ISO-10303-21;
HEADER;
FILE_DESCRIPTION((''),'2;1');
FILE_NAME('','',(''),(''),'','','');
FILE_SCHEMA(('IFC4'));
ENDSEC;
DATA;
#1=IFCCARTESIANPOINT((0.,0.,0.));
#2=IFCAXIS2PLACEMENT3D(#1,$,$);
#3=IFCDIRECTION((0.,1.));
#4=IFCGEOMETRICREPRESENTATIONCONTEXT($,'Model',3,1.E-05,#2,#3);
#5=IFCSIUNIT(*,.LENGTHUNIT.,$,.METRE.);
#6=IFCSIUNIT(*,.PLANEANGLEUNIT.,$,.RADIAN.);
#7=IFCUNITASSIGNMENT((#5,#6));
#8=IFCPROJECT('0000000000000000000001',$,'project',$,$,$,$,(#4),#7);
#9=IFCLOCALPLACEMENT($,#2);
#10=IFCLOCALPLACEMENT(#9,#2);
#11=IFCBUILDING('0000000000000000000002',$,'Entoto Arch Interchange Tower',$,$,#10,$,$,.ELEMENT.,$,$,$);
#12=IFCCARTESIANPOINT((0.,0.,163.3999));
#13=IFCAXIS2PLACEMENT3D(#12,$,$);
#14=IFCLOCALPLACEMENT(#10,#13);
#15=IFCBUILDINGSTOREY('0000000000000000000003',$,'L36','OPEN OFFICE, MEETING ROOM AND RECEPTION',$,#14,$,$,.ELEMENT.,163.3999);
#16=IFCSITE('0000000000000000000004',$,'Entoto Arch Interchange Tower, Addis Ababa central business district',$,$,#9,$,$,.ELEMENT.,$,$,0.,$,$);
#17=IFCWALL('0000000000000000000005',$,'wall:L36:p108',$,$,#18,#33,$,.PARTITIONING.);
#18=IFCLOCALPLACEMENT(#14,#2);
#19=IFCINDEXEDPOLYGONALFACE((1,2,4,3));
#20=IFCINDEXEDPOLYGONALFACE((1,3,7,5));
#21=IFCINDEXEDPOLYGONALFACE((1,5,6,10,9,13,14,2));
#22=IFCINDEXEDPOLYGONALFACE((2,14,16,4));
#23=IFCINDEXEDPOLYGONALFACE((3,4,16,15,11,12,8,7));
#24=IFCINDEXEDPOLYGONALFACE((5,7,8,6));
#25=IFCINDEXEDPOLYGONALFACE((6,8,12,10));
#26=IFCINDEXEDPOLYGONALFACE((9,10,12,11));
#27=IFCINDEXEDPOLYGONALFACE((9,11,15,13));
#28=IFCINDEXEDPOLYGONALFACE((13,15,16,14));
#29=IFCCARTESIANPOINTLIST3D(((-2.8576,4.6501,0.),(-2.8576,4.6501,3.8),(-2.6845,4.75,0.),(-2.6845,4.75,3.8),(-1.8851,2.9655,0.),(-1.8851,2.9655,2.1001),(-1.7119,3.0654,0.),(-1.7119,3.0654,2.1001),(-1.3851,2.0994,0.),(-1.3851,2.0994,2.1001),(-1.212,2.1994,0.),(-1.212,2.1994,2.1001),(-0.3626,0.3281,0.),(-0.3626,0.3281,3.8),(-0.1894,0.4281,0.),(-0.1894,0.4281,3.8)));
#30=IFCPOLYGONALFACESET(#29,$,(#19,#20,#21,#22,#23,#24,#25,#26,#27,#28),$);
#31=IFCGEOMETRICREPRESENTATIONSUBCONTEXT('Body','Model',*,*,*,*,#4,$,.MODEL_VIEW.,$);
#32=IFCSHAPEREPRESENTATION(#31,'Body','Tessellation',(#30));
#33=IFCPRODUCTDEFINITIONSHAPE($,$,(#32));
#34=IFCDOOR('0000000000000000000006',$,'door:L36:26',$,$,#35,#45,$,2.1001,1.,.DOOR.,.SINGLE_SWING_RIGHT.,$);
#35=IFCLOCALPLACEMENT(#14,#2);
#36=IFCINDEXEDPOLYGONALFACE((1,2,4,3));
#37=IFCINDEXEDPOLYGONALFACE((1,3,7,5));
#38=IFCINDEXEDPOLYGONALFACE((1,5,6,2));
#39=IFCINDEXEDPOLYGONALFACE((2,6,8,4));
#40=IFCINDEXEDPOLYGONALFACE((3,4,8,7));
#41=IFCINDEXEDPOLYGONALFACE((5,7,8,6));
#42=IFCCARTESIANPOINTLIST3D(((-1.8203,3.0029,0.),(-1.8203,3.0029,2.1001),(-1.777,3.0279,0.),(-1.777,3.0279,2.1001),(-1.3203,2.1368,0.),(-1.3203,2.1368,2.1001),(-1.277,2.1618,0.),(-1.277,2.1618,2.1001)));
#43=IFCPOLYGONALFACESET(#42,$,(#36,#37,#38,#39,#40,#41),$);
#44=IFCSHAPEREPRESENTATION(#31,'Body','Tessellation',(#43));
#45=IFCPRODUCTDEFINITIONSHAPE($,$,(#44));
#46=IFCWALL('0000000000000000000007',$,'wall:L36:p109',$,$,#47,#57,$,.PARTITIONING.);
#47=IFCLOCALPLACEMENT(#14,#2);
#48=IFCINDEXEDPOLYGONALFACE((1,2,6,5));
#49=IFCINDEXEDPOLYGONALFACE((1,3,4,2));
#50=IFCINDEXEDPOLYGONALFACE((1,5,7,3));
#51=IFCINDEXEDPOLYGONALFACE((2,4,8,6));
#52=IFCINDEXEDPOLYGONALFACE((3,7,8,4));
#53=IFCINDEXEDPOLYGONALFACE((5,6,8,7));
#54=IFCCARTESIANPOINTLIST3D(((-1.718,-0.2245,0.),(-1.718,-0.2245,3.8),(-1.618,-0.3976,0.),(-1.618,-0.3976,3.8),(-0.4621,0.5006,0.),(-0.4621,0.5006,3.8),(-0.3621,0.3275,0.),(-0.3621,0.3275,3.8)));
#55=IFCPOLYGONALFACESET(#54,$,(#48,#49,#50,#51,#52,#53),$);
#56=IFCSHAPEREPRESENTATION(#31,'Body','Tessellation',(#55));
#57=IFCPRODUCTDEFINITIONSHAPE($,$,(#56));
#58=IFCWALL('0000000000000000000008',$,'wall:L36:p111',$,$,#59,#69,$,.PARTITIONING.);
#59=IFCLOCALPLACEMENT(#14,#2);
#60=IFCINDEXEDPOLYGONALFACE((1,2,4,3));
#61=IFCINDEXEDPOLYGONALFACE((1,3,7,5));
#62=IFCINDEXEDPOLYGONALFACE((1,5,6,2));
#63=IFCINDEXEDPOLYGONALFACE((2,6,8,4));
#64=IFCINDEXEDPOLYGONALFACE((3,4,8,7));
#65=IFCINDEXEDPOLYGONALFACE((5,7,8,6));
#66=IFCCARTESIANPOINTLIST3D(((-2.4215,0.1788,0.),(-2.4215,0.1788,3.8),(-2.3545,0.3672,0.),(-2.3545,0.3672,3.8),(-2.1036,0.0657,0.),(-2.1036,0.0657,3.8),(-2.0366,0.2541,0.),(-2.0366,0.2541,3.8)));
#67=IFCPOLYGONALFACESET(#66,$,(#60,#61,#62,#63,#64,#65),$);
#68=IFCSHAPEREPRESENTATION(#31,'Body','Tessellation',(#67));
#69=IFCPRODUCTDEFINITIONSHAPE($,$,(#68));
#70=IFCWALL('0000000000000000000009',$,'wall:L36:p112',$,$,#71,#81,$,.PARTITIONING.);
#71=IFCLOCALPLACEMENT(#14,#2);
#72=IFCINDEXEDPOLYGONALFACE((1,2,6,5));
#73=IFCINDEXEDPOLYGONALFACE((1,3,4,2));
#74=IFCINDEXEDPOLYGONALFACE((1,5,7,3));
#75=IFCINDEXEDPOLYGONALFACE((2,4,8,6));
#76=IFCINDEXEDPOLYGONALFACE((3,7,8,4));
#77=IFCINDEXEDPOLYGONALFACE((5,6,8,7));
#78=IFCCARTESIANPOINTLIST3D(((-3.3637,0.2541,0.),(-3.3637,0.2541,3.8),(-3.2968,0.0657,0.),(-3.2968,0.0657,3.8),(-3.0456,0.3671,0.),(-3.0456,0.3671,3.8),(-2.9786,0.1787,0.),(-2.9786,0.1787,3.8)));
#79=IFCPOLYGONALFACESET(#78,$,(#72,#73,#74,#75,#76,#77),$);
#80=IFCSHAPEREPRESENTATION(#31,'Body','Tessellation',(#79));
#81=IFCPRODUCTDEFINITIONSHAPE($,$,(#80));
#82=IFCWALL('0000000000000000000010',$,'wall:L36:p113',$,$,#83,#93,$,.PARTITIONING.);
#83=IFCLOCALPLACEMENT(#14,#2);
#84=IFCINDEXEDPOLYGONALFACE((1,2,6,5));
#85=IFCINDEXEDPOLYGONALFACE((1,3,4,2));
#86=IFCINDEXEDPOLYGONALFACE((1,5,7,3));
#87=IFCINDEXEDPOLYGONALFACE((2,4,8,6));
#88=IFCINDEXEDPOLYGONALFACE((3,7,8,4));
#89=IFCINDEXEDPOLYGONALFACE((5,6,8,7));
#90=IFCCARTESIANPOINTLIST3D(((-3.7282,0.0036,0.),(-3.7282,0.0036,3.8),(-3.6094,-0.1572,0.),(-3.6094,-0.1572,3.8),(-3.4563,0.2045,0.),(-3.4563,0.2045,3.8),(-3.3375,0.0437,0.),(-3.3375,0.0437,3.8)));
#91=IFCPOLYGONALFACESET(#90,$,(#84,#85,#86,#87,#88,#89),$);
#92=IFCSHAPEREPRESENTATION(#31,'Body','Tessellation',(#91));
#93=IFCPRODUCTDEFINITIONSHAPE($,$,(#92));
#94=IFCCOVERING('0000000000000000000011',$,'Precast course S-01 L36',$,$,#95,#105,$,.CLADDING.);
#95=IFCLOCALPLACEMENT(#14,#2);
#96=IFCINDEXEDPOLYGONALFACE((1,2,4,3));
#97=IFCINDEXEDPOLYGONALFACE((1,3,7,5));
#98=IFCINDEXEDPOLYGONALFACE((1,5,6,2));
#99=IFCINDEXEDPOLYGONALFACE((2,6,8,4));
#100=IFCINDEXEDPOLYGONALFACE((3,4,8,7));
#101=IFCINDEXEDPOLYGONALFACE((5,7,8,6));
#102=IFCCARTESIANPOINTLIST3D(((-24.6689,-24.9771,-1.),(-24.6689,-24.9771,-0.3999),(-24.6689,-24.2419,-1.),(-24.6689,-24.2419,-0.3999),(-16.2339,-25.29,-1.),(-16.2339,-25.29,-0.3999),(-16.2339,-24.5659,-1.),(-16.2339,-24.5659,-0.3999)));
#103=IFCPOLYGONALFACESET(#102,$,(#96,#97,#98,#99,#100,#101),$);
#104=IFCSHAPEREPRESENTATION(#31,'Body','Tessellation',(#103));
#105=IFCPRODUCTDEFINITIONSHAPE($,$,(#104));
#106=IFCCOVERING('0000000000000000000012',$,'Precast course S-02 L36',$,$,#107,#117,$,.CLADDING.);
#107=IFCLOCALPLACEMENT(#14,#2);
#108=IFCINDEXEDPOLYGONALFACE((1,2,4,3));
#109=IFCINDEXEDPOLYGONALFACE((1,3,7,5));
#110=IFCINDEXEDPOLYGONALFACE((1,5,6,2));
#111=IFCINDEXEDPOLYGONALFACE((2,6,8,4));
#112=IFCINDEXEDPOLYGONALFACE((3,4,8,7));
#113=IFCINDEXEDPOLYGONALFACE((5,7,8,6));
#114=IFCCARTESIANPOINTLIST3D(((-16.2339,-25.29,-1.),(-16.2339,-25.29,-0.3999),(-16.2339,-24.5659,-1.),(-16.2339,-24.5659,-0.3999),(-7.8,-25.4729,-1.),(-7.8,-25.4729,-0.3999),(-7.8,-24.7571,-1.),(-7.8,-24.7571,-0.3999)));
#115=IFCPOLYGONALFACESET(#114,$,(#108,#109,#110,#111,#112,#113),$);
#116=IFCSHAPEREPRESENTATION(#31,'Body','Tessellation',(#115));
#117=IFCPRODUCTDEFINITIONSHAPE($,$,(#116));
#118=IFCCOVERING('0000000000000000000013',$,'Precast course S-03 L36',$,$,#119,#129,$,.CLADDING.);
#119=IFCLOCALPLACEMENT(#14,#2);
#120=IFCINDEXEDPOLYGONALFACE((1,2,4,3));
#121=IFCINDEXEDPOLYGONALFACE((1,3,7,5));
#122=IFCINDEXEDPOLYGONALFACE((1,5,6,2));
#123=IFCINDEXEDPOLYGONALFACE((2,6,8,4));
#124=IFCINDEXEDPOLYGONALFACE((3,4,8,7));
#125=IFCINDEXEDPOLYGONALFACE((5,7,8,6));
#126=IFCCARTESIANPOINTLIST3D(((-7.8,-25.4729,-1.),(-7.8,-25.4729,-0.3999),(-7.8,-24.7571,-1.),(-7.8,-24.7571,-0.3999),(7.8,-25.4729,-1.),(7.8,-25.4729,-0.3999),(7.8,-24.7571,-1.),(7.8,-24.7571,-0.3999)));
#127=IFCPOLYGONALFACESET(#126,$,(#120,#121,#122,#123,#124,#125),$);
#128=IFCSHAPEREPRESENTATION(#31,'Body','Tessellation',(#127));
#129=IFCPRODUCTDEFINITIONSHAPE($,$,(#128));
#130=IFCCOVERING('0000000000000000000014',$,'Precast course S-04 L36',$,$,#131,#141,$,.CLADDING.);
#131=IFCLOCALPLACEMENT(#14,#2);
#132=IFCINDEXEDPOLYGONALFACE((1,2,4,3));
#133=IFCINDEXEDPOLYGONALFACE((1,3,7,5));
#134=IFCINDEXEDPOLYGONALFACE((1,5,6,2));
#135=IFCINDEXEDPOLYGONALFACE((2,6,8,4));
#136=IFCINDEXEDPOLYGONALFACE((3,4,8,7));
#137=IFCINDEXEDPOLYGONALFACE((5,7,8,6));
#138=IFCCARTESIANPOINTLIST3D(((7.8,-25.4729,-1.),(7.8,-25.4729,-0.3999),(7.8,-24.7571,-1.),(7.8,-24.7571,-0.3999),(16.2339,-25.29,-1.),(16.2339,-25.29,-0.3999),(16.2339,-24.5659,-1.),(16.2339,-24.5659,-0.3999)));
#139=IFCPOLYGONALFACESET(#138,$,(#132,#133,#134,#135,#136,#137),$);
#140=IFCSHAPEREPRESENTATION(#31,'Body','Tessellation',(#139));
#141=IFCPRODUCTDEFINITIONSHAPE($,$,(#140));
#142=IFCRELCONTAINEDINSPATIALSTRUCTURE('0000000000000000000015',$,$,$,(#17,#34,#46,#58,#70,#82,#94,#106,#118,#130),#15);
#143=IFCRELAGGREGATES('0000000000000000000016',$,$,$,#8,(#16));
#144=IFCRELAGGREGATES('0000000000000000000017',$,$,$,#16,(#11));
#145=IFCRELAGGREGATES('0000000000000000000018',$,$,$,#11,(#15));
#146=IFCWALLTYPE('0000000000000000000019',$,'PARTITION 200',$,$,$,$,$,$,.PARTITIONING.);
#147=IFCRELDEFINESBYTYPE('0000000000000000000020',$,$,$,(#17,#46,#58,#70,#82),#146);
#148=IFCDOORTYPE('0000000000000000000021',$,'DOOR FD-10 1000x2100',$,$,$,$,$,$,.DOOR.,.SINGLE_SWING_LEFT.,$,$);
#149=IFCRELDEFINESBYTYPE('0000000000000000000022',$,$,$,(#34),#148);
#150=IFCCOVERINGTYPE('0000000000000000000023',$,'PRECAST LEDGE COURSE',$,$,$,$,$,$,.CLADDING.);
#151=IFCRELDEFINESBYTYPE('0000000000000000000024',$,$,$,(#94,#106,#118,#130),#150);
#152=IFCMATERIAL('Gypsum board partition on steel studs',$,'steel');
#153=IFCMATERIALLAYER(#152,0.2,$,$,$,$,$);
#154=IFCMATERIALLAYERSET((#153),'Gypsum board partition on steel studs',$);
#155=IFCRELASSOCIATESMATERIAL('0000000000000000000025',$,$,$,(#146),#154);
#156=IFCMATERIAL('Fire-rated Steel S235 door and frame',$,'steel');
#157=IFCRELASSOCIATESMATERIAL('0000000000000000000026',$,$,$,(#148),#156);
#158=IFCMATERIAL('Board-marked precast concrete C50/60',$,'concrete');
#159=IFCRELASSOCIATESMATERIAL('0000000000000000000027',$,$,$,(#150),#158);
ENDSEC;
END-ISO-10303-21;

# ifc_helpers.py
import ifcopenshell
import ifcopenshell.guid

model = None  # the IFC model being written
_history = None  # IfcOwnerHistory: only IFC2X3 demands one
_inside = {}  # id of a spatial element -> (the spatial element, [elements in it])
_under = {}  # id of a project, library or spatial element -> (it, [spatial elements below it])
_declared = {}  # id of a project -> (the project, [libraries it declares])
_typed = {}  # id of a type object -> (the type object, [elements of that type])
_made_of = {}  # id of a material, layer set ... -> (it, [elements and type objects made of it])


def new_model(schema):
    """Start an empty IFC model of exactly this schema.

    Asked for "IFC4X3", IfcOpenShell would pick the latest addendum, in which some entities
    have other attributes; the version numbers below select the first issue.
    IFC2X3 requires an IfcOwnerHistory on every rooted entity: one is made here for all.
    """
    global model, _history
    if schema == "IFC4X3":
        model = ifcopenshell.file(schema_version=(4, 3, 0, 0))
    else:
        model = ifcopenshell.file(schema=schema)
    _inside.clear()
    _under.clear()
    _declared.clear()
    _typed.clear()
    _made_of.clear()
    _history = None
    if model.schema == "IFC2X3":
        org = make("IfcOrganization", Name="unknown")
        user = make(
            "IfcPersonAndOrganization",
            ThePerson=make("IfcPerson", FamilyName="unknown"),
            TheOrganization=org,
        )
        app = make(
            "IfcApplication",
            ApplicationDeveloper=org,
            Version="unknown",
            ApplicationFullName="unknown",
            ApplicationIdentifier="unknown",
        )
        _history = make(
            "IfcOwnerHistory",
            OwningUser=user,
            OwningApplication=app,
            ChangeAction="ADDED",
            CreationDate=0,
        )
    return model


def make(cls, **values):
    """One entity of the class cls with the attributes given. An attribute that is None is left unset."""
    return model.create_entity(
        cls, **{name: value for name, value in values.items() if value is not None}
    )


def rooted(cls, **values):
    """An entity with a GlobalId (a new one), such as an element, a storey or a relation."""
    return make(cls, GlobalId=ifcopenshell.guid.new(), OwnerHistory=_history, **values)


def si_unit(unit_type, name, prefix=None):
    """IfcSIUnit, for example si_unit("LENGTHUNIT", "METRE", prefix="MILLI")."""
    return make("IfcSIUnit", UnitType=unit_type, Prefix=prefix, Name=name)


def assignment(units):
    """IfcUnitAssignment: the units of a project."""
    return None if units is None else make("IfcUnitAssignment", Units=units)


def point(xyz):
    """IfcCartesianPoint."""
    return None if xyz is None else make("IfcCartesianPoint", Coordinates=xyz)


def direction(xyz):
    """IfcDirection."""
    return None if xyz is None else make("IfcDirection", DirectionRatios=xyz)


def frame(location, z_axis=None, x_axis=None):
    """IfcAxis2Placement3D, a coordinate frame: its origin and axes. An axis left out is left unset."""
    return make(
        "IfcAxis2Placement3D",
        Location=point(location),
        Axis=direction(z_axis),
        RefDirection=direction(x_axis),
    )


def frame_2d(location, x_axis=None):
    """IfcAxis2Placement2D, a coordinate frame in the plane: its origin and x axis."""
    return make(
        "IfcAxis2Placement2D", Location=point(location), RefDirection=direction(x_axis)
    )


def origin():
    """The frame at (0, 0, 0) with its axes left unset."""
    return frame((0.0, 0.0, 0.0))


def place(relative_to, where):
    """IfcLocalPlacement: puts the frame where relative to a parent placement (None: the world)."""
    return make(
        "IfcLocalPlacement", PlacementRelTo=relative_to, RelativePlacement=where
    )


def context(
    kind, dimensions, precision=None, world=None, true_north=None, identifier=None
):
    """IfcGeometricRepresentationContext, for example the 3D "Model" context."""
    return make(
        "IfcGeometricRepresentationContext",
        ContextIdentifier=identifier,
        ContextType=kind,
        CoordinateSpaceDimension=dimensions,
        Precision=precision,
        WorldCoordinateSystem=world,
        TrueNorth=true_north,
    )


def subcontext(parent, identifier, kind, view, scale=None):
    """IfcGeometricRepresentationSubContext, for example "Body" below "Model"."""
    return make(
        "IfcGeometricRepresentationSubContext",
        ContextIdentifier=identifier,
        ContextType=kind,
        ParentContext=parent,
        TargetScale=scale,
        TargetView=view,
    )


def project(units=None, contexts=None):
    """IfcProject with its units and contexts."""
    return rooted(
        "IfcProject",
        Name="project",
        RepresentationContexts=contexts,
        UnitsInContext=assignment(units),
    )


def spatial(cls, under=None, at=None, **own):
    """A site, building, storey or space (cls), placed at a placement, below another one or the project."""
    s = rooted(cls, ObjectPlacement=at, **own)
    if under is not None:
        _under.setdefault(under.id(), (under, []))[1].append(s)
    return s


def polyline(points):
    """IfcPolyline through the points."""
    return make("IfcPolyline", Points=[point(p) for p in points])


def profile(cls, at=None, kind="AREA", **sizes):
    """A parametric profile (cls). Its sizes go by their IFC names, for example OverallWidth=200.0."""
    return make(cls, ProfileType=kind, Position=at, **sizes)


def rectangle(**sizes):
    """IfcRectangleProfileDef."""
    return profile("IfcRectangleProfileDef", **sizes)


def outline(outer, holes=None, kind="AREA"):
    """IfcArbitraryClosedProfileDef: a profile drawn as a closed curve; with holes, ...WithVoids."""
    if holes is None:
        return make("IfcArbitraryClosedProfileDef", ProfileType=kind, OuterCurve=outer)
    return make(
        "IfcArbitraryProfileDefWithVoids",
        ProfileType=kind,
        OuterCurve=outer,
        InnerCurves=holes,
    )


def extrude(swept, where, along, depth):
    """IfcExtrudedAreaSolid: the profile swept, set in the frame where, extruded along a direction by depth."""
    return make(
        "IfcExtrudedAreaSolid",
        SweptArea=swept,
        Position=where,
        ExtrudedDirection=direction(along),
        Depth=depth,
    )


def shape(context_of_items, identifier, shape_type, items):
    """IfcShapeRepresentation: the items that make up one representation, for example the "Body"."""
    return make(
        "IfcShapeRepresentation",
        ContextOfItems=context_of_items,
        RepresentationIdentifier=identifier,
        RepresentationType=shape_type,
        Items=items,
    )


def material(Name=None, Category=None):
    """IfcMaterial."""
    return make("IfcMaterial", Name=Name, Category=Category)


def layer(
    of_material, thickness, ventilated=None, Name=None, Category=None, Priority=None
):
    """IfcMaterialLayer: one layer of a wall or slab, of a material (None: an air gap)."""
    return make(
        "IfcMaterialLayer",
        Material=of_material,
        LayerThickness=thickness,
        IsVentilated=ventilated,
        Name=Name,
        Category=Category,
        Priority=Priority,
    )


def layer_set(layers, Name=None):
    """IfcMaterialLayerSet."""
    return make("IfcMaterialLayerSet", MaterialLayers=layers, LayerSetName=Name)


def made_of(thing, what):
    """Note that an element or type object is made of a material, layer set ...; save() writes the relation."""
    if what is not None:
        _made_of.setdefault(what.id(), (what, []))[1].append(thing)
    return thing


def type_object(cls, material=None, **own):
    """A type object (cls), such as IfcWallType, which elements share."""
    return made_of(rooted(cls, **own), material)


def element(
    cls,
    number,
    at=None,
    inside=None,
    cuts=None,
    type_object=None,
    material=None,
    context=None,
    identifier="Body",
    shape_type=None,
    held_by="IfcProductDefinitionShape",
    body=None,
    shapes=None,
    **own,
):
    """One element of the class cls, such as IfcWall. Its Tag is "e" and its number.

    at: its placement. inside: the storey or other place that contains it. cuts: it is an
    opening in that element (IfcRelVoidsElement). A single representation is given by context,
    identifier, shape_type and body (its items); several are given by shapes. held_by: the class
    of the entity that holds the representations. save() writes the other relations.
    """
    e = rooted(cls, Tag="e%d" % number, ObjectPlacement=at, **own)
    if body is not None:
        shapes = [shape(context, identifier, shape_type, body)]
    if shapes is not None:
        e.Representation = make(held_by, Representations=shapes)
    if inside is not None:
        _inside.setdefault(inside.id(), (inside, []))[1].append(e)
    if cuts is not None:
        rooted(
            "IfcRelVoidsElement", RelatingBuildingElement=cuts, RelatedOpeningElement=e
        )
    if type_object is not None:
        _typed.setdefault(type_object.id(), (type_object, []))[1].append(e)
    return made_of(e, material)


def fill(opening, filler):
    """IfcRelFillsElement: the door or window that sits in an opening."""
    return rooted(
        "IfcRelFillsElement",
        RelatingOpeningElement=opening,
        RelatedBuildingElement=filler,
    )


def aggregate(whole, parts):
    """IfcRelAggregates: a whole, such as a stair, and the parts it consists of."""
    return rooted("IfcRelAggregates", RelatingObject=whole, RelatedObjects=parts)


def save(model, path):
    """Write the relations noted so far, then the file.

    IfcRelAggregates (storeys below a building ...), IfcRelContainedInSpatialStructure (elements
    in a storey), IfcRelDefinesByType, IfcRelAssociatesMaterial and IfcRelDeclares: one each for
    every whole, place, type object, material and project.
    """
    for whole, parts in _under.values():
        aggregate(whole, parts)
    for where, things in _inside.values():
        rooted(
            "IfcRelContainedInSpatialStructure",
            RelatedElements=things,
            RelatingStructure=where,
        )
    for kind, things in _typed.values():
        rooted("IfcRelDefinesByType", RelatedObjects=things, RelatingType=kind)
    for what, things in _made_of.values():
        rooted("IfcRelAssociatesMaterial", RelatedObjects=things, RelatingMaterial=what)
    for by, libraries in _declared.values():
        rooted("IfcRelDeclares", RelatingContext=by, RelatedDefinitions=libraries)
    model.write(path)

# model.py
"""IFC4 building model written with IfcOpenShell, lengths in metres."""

from ifc_helpers import new_model, si_unit, direction, frame, frame_2d, origin, place, context, subcontext, project, spatial, polyline, rectangle, outline, extrude, material, layer, layer_set, type_object, element, fill, save


model = new_model("IFC4")

# Units and contexts
model_context = context("Model", 3, precision=1e-05, world=origin(), true_north=direction((0.0, 1.0)))
body_context = subcontext(model_context, "Body", "Model", "MODEL_VIEW")
ifc_project = project(units=[si_unit("LENGTHUNIT", "METRE"), si_unit("PLANEANGLEUNIT", "RADIAN")], contexts=[model_context])

# Site, building, storey
site_placement = place(None, origin())
site = spatial("IfcSite", under=ifc_project, at=site_placement, Name="Entoto Arch Interchange Tower, Addis Ababa central business district", CompositionType="ELEMENT", RefElevation=0.0)
building_placement = place(site_placement, origin())
building = spatial("IfcBuilding", under=site, at=building_placement, Name="Entoto Arch Interchange Tower", CompositionType="ELEMENT")
storey_placement = place(building_placement, frame((0.0, 0.0, 163.3999)))
storey = spatial("IfcBuildingStorey", under=building, at=storey_placement, Name="L36", Description="OPEN OFFICE, MEETING ROOM AND RECEPTION", CompositionType="ELEMENT", Elevation=163.3999)

# Wall, opening, door
ifc_material_1 = material(Name="Gypsum board partition on steel studs", Category="steel")
ifc_layer_1 = layer(ifc_material_1, 0.2)
ifc_layer_set_1 = layer_set([ifc_layer_1], Name="Gypsum board partition on steel studs")
wall_type_1 = type_object("IfcWallType", Name="PARTITION 200", PredefinedType="PARTITIONING", material=ifc_layer_set_1)
wall_1_placement = place(storey_placement, frame((-2.771, 4.7, 0.0), z_axis=(0.0, 0.0, 1.0), x_axis=(0.499969, -0.866043, 0.0)))
wall_1 = element("IfcWall", 1, at=wall_1_placement, inside=storey, type_object=wall_type_1, Name="wall:L36:p108", PredefinedType="PARTITIONING", context=body_context, shape_type="SweptSolid", body=[
    extrude(rectangle(XDim=4.9905, YDim=0.2, at=frame_2d((2.4951, 0.0))), origin(), (0.0, 0.0, 1.0), 3.8),
])
opening_placement = place(wall_1_placement, frame((1.9451, 0.0, 0.0)))
opening = element("IfcOpeningElement", 2, at=opening_placement, cuts=wall_1, PredefinedType="OPENING", context=body_context, shape_type="SweptSolid", body=[
    extrude(rectangle(XDim=1.0, YDim=2.1001, at=frame_2d((0.5, 1.05))), frame((0.0, 0.1099, 0.0), z_axis=(0.0, -1.0, 0.0), x_axis=(1.0, 0.0, 0.0)), (0.0, 0.0, 1.0), 0.22),
])
ifc_material_2 = material(Name="Fire-rated Steel S235 door and frame", Category="steel")
door_type = type_object("IfcDoorType", Name="DOOR FD-10 1000x2100", OperationType="SINGLE_SWING_LEFT", PredefinedType="DOOR", material=ifc_material_2)
door_placement = place(opening_placement, origin())
door = element("IfcDoor", 3, at=door_placement, inside=storey, type_object=door_type, Name="door:L36:26", OperationType="SINGLE_SWING_RIGHT", OverallHeight=2.1001, OverallWidth=1.0, PredefinedType="DOOR", context=body_context, shape_type="SweptSolid", body=[
    extrude(rectangle(XDim=1.0, YDim=2.1001, at=frame_2d((0.5, 1.05))), frame((0.0, 0.0249, 0.0), z_axis=(0.0, -1.0, 0.0), x_axis=(1.0, 0.0, 0.0)), (0.0, 0.0, 1.0), 0.05),
])
fill(opening, door)

# Walls
wall_2_placement = place(storey_placement, frame((-0.4121, 0.4141, 0.0), z_axis=(0.0, 0.0, 1.0), x_axis=(-0.866017, -0.500014, 0.0)))
element("IfcWall", 4, at=wall_2_placement, inside=storey, type_object=wall_type_1, Name="wall:L36:p109", PredefinedType="PARTITIONING", context=body_context, shape_type="SweptSolid", body=[
    extrude(rectangle(XDim=1.4502, YDim=0.2, at=frame_2d((0.7251, 0.0))), origin(), (0.0, 0.0, 1.0), 3.8),
])
wall_3_placement = place(storey_placement, frame((-2.0701, 0.1599, 0.0), z_axis=(0.0, 0.0, 1.0), x_axis=(-0.942199, 0.335052, 0.0)))
element("IfcWall", 5, at=wall_3_placement, inside=storey, type_object=wall_type_1, Name="wall:L36:p111", PredefinedType="PARTITIONING", context=body_context, shape_type="SweptSolid", body=[
    extrude(rectangle(XDim=0.3374, YDim=0.2, at=frame_2d((0.1687, 0.0))), origin(), (0.0, 0.0, 1.0), 3.8),
])
wall_4_placement = place(storey_placement, frame((-3.012, 0.2729, 0.0), z_axis=(0.0, 0.0, 1.0), x_axis=(-0.942281, -0.334824, 0.0)))
element("IfcWall", 6, at=wall_4_placement, inside=storey, type_object=wall_type_1, Name="wall:L36:p112", PredefinedType="PARTITIONING", context=body_context, shape_type="SweptSolid", body=[
    extrude(rectangle(XDim=0.3376, YDim=0.2, at=frame_2d((0.1689, 0.0))), origin(), (0.0, 0.0, 1.0), 3.8),
])
wall_5_placement = place(storey_placement, frame((-3.397, 0.124, 0.0), z_axis=(0.0, 0.0, 1.0), x_axis=(-0.804311, -0.594208, 0.0)))
element("IfcWall", 7, at=wall_5_placement, inside=storey, type_object=wall_type_1, Name="wall:L36:p113", PredefinedType="PARTITIONING", context=body_context, shape_type="SweptSolid", body=[
    extrude(rectangle(XDim=0.3381, YDim=0.2, at=frame_2d((0.1689, 0.0))), origin(), (0.0, 0.0, 1.0), 3.8),
])

# Coverings
ifc_material_3 = material(Name="Board-marked precast concrete C50/60", Category="concrete")
covering_type = type_object("IfcCoveringType", Name="PRECAST LEDGE COURSE", PredefinedType="CLADDING", material=ifc_material_3)
covering_1_placement = place(storey_placement, frame((0.0, 0.0, -1.0)))
element("IfcCovering", 8, at=covering_1_placement, inside=storey, type_object=covering_type, Name="Precast course S-01 L36", PredefinedType="CLADDING", context=body_context, shape_type="SweptSolid", body=[
    extrude(outline(polyline([(-16.2339, -24.5659), (-16.2339, -25.29), (-24.6689, -24.9771), (-24.6689, -24.2419), (-16.2339, -24.5659)])), origin(), (0.0, 0.0, 1.0), 0.6001),
])
covering_2_placement = place(storey_placement, frame((0.0, 0.0, -1.0)))
element("IfcCovering", 9, at=covering_2_placement, inside=storey, type_object=covering_type, Name="Precast course S-02 L36", PredefinedType="CLADDING", context=body_context, shape_type="SweptSolid", body=[
    extrude(outline(polyline([(-7.8, -24.7571), (-7.8, -25.4729), (-16.2339, -25.29), (-16.2339, -24.5659), (-7.8, -24.7571)])), origin(), (0.0, 0.0, 1.0), 0.6001),
])
covering_3_placement = place(storey_placement, frame((0.0, 0.0, -1.0)))
element("IfcCovering", 10, at=covering_3_placement, inside=storey, type_object=covering_type, Name="Precast course S-03 L36", PredefinedType="CLADDING", context=body_context, shape_type="SweptSolid", body=[
    extrude(outline(polyline([(7.8, -24.7571), (7.8, -25.4729), (-7.8, -25.4729), (-7.8, -24.7571), (7.8, -24.7571)])), origin(), (0.0, 0.0, 1.0), 0.6001),
])
covering_4_placement = place(storey_placement, frame((0.0, 0.0, -1.0)))
element("IfcCovering", 11, at=covering_4_placement, inside=storey, type_object=covering_type, Name="Precast course S-04 L36", PredefinedType="CLADDING", context=body_context, shape_type="SweptSolid", body=[
    extrude(outline(polyline([(16.2339, -24.5659), (16.2339, -25.29), (7.8, -25.4729), (7.8, -24.7571), (16.2339, -24.5659)])), origin(), (0.0, 0.0, 1.0), 0.6001),
])

save(model, "model.ifc")
